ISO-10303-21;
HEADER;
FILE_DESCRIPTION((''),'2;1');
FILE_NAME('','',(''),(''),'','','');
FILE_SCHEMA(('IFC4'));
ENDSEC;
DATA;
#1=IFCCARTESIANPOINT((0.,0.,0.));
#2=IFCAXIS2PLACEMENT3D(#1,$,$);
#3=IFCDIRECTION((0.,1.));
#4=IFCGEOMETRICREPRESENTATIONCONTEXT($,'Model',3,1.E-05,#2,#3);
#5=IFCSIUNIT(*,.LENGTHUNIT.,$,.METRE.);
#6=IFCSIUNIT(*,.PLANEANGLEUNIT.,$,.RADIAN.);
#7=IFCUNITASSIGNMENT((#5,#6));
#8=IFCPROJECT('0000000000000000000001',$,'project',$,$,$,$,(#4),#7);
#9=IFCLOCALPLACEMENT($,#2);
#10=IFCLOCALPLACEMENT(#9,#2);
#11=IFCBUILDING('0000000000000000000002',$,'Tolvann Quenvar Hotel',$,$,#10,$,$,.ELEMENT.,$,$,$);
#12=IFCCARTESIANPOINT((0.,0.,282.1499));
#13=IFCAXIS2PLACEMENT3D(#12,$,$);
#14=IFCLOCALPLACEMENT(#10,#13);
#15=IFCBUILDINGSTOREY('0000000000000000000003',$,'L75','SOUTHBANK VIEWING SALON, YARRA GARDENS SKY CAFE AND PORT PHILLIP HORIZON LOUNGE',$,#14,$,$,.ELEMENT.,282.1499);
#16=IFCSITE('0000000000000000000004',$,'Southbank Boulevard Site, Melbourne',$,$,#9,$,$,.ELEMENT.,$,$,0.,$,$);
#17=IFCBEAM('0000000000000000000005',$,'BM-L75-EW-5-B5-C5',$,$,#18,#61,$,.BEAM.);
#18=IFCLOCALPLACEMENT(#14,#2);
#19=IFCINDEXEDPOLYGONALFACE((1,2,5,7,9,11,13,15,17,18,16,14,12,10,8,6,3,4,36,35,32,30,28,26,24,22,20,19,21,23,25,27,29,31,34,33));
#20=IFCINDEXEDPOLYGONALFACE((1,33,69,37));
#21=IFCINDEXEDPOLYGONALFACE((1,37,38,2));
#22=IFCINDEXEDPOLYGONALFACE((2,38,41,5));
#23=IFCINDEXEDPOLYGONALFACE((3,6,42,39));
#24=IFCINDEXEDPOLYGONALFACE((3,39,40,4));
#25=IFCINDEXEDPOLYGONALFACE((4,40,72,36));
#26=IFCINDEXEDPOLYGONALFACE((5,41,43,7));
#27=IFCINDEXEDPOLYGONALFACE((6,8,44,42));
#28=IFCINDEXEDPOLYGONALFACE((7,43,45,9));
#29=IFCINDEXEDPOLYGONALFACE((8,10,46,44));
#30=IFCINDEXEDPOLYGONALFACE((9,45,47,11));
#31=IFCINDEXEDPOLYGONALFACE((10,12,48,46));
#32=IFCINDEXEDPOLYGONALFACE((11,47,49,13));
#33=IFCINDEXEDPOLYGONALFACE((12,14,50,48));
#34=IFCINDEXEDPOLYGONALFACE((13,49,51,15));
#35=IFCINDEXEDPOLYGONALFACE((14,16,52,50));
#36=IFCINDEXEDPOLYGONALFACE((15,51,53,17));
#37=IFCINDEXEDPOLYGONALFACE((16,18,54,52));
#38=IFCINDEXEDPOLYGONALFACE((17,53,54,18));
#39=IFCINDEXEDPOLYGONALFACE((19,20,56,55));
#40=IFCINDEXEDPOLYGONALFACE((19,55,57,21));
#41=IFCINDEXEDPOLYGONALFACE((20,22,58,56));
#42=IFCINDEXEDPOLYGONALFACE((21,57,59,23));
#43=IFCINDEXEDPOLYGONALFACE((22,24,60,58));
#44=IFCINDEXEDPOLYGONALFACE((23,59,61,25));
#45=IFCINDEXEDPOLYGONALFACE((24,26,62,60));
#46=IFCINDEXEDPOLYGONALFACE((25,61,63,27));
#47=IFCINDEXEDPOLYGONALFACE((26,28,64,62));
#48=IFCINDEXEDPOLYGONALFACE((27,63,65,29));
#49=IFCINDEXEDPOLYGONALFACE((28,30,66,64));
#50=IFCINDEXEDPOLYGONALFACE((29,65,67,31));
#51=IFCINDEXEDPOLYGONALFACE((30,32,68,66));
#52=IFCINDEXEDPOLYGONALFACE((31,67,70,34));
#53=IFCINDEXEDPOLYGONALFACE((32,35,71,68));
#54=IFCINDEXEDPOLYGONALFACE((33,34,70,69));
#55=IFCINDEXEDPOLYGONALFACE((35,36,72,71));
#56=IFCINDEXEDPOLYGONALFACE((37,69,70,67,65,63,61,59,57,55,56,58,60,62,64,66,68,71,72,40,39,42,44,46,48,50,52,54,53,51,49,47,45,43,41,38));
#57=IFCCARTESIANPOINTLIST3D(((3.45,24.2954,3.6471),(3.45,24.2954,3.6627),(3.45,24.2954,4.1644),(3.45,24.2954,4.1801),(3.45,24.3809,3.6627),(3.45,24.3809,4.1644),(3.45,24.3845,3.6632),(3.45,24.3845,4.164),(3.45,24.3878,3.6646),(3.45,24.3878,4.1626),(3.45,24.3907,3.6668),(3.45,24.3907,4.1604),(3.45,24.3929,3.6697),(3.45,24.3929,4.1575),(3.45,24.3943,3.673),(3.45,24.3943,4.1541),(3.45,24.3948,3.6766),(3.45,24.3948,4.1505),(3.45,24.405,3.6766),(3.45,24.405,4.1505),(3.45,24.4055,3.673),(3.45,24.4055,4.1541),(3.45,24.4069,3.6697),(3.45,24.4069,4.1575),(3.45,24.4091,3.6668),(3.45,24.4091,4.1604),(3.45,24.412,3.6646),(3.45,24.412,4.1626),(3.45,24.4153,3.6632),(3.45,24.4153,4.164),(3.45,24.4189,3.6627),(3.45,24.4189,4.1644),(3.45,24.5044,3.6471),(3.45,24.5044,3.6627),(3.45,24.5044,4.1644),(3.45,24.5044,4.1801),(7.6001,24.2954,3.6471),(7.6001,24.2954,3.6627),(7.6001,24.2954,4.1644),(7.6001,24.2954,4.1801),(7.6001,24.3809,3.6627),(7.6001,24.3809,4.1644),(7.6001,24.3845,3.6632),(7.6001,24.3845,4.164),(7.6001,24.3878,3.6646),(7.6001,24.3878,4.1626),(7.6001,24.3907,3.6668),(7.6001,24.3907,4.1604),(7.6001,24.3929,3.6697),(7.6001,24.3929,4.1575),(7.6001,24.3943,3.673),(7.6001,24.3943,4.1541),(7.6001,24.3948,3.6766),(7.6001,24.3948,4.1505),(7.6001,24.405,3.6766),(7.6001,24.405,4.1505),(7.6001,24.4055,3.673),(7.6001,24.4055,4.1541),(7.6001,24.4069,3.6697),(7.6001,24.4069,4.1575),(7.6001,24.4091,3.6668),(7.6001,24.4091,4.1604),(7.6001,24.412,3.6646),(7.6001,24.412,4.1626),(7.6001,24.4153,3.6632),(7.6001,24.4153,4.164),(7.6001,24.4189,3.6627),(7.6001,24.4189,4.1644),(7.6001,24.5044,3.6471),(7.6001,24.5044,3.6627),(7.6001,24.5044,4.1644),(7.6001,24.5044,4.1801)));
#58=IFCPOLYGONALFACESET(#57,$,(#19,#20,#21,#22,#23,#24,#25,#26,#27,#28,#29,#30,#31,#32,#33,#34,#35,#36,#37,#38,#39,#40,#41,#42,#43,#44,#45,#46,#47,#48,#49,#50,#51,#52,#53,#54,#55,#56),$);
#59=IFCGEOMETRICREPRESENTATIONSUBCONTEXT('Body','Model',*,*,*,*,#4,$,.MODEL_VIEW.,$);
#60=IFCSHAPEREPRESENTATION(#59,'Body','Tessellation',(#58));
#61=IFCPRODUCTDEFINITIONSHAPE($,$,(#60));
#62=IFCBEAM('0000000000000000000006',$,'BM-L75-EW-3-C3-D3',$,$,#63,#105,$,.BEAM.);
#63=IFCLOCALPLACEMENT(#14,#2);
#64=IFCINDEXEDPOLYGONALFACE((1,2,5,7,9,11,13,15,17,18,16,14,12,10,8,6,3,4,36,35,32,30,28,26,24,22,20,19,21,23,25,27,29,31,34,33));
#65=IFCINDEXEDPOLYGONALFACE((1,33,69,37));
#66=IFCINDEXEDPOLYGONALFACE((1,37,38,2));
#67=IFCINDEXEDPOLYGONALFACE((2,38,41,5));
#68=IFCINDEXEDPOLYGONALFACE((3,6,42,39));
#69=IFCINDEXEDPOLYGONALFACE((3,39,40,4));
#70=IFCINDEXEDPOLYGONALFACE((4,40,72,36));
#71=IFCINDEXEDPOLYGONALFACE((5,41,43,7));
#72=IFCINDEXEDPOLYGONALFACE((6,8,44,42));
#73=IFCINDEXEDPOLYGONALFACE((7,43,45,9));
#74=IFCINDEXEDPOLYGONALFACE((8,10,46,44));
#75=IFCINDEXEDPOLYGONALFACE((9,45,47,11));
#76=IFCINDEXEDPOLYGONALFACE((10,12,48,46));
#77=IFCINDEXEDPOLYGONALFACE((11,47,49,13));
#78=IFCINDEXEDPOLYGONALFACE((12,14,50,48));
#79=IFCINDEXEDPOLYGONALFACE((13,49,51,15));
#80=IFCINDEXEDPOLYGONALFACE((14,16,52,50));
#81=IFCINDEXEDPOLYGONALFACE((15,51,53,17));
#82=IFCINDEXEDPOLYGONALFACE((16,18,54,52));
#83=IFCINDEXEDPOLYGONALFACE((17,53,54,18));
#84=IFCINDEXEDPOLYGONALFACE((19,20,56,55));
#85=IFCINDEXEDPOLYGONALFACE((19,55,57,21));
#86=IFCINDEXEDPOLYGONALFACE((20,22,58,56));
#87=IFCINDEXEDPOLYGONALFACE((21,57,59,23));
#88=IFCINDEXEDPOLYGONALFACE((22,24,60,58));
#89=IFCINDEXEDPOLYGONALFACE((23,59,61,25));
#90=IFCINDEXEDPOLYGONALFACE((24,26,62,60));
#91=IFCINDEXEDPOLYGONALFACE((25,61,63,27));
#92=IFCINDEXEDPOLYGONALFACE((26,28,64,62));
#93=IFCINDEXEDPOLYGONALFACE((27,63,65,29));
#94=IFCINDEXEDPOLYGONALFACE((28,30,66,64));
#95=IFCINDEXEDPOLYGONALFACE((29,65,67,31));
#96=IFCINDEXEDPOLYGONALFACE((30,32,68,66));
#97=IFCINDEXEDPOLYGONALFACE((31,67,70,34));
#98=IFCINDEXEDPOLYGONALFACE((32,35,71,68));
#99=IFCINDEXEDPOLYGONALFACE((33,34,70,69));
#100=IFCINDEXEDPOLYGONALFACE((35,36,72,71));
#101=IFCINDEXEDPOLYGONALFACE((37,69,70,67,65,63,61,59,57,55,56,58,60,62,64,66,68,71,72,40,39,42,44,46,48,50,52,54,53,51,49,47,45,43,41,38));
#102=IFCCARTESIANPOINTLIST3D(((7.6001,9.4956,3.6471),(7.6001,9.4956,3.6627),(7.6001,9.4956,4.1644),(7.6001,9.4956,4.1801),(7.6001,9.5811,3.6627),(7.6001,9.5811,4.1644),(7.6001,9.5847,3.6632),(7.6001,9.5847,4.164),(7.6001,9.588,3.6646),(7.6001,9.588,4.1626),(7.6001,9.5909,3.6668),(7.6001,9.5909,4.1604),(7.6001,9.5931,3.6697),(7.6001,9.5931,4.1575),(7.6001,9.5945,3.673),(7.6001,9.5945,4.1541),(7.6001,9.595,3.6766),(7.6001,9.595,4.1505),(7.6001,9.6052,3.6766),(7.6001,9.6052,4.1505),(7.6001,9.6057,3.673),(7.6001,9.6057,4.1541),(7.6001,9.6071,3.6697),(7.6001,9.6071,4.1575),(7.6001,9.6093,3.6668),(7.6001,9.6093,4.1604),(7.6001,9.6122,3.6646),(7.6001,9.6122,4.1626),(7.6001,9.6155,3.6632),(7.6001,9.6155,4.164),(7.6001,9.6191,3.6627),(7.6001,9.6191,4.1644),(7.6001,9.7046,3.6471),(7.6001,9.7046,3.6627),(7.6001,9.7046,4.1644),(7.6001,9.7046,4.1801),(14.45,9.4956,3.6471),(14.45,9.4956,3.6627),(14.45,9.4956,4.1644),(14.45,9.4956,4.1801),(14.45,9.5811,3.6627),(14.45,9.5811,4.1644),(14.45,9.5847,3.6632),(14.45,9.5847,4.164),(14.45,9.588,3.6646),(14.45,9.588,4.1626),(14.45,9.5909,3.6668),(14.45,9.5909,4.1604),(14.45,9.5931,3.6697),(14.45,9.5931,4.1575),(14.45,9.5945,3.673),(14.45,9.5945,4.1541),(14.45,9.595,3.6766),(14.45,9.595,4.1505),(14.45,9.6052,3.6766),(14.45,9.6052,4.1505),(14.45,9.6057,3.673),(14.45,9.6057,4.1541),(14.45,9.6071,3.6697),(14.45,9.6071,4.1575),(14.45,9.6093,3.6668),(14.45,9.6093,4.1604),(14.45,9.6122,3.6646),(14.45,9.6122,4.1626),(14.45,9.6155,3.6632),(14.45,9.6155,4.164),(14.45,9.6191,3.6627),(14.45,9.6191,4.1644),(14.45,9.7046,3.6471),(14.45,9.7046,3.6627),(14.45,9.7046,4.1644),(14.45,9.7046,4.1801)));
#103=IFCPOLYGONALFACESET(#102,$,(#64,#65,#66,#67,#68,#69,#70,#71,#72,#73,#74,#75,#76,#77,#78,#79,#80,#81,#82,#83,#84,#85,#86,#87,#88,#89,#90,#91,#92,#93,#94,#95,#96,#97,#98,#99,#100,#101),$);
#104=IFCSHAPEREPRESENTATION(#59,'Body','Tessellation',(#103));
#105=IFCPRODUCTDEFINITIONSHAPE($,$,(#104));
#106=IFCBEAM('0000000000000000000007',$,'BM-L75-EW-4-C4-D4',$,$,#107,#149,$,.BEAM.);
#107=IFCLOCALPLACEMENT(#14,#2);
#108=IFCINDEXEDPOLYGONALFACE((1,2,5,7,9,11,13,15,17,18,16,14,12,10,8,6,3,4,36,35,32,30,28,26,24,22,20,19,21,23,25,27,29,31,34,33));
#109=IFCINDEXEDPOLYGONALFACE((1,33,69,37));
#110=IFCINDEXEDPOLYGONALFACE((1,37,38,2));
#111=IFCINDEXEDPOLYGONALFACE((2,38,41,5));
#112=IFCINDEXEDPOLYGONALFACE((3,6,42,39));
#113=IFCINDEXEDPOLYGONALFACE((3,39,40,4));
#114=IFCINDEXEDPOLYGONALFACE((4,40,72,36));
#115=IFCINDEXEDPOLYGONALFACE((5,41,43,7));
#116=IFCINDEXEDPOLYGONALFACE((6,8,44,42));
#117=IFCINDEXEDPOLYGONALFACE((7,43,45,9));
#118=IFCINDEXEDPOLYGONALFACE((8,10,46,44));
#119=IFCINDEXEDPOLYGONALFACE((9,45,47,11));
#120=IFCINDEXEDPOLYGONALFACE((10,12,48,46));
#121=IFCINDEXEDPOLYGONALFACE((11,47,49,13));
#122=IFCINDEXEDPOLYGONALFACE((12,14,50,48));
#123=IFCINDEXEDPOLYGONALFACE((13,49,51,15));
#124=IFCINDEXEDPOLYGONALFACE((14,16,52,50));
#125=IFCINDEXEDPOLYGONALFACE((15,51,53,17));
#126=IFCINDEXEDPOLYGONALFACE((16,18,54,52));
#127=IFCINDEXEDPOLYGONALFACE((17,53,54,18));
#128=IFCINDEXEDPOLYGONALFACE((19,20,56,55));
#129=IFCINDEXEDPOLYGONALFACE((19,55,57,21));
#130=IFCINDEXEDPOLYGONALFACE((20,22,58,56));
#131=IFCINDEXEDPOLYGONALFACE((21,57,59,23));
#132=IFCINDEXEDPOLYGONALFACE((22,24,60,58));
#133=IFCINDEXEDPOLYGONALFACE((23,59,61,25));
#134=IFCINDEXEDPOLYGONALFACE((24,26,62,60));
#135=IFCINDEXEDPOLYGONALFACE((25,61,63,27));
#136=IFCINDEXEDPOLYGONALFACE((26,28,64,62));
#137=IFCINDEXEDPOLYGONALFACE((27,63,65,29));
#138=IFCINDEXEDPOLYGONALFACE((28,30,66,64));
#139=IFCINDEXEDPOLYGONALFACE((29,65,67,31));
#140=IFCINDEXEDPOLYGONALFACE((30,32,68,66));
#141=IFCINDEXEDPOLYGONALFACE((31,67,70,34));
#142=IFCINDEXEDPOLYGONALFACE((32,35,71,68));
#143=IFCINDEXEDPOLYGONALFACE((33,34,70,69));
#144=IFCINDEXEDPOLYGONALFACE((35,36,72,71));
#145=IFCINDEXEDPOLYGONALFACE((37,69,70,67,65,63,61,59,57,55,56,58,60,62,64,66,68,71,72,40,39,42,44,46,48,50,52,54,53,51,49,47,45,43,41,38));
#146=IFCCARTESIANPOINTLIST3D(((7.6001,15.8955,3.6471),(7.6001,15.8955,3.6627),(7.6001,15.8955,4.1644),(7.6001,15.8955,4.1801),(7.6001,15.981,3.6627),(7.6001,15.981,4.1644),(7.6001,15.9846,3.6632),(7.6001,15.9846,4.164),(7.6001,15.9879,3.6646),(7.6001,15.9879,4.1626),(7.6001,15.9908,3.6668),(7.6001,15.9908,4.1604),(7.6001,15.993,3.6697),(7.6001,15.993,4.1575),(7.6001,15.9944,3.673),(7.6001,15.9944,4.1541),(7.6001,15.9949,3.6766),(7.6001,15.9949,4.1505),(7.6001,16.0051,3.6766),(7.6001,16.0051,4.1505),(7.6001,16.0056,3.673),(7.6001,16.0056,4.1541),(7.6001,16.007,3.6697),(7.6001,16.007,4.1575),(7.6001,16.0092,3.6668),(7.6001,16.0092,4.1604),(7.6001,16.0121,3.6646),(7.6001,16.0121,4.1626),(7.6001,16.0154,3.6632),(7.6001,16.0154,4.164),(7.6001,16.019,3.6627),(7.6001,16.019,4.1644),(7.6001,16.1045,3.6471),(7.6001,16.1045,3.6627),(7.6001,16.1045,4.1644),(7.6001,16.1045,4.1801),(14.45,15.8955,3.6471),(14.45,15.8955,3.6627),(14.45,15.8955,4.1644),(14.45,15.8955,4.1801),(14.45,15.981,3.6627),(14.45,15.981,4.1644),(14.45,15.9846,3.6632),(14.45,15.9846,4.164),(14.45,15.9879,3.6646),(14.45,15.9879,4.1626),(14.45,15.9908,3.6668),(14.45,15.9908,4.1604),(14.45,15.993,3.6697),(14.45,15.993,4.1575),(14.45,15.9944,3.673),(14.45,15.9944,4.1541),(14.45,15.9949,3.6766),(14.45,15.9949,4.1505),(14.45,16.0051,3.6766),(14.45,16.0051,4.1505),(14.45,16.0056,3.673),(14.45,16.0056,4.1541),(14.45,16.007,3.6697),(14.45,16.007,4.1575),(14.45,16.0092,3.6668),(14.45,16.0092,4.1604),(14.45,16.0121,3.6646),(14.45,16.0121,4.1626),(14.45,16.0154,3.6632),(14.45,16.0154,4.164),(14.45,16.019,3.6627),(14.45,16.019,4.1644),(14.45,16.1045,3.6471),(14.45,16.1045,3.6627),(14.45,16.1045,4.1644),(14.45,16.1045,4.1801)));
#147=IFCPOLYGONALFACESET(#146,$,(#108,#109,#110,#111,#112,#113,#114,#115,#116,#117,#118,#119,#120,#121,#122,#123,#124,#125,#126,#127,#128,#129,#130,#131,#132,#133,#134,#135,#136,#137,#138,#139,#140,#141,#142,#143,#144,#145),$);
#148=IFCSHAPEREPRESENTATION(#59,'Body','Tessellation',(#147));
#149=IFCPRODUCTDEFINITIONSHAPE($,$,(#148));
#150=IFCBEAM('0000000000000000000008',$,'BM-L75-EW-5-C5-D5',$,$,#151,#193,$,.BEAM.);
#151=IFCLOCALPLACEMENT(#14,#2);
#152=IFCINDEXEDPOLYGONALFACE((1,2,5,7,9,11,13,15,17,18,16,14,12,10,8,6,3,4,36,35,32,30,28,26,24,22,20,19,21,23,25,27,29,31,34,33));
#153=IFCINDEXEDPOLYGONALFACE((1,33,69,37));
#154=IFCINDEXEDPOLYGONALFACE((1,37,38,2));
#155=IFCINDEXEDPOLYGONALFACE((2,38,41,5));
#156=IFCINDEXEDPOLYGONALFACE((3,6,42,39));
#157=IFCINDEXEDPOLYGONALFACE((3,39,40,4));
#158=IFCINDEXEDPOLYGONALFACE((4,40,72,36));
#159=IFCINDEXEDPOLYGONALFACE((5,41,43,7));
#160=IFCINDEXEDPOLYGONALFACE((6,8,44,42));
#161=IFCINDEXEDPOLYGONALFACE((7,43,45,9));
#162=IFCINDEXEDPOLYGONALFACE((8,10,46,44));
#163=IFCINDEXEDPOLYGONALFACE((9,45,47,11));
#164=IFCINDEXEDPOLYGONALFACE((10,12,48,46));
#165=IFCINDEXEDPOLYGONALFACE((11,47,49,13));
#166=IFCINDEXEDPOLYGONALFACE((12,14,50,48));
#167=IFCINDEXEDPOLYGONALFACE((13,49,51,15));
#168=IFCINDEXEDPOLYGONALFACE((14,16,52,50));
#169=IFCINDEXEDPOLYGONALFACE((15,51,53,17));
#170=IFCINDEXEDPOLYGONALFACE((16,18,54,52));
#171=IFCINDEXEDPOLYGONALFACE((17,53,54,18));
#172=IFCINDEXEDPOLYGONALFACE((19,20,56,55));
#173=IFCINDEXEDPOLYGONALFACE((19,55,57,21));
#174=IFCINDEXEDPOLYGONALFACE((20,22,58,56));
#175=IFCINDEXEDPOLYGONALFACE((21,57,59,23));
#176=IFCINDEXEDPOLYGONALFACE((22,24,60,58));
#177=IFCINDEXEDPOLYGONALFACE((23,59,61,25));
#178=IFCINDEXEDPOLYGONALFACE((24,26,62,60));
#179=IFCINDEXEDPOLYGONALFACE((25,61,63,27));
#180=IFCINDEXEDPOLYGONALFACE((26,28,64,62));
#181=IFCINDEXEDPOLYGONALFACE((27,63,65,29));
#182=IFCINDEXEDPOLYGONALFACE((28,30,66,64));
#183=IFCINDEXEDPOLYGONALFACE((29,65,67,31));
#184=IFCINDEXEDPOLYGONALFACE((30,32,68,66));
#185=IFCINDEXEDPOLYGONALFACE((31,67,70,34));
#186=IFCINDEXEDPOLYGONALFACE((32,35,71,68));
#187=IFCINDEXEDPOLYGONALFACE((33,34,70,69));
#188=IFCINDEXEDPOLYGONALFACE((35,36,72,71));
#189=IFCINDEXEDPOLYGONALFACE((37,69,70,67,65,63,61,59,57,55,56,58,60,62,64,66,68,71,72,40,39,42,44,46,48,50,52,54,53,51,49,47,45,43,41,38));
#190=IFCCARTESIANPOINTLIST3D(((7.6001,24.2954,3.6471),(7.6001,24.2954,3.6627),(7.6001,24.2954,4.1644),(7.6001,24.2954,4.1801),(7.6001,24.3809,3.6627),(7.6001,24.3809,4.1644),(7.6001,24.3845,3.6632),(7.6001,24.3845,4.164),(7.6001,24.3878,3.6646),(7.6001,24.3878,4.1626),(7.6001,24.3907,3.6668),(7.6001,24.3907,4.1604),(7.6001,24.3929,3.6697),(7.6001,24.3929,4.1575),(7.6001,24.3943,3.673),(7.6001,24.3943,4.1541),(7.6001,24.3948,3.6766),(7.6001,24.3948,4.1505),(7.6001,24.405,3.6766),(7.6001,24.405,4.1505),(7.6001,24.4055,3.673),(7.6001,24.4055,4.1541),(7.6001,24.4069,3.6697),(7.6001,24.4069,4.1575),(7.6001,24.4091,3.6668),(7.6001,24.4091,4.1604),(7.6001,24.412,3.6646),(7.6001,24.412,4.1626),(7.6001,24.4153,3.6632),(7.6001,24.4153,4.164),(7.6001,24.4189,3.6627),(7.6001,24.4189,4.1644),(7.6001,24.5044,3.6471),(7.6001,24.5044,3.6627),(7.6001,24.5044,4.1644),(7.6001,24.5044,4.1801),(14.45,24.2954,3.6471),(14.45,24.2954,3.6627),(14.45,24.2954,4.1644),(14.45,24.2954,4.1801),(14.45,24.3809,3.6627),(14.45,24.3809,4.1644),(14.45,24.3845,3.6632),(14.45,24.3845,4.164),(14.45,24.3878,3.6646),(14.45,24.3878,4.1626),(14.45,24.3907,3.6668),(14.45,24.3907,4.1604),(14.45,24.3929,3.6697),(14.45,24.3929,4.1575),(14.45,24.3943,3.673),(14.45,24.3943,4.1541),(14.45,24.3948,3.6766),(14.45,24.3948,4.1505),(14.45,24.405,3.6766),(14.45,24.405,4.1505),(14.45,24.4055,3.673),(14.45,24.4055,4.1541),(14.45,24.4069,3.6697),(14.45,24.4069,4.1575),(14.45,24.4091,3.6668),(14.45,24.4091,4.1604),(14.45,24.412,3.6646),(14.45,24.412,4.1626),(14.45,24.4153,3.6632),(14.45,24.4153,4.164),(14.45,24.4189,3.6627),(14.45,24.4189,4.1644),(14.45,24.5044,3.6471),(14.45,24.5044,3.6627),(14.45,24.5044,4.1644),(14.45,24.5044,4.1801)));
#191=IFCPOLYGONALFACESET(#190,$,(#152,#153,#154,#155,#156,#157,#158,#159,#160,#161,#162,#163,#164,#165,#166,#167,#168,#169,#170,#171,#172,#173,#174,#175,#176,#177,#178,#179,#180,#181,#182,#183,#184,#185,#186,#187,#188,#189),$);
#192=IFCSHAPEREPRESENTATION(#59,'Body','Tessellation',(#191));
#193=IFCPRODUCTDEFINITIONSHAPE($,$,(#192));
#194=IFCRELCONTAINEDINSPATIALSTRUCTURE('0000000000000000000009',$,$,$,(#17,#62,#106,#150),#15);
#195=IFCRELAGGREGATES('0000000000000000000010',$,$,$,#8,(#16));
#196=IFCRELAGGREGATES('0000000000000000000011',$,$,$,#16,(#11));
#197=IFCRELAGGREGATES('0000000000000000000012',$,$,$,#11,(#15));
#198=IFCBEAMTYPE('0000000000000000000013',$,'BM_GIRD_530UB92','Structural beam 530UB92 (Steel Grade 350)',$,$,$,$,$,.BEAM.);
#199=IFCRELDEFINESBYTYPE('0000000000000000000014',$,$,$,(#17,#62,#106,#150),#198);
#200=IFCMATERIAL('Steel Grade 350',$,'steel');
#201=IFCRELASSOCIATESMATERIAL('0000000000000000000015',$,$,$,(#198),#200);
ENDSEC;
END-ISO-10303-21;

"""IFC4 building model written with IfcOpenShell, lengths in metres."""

from ifc_helpers import new_model, si_unit, direction, frame, origin, origin_2d, place, context, subcontext, project, spatial, i_section, extrude, source, transform, mapped, material, material_profile, profile_set, type_object, element, save


model = new_model("IFC4")

# Units and contexts
model_context = context("Model", 3, precision=1e-05, world=origin(), true_north=direction((0.0, 1.0)))
body_context = subcontext(model_context, "Body", "Model", "MODEL_VIEW")
ifc_project = project(units=[si_unit("LENGTHUNIT", "METRE"), si_unit("PLANEANGLEUNIT", "RADIAN")], contexts=[model_context])

# Site, building, storey
site_placement = place(None, origin())
site = spatial("IfcSite", under=ifc_project, at=site_placement, Name="Southbank Boulevard Site, Melbourne", CompositionType="ELEMENT", RefElevation=0.0)
building_placement = place(site_placement, origin())
building = spatial("IfcBuilding", under=site, at=building_placement, Name="Tolvann Quenvar Hotel", CompositionType="ELEMENT")
storey_placement = place(building_placement, frame((0.0, 0.0, 282.1499)))
storey = spatial("IfcBuildingStorey", under=building, at=storey_placement, Name="L75", Description="SOUTHBANK VIEWING SALON, YARRA GARDENS SKY CAFE AND PORT PHILLIP HORIZON LOUNGE", CompositionType="ELEMENT", Elevation=282.1499)

# Shared definitions
ifc_material_1 = material(Name="Steel Grade 350", Category="steel")

# Beams
ifc_material_profile_1 = material_profile(ifc_material_1, i_section(OverallWidth=0.209, OverallDepth=0.533, WebThickness=0.0103, FlangeThickness=0.0156, FilletRadius=0.0139, at=origin_2d()), Name="530UB92")
ifc_profile_set_1 = profile_set([ifc_material_profile_1], Name="Steel Grade 350")
beam_type_1 = type_object("IfcBeamType", Name="BM_GIRD_530UB92", Description="Structural beam 530UB92 (Steel Grade 350)", PredefinedType="BEAM", material=ifc_profile_set_1)
shared_shape_1 = source(origin(), body_context, "Body", "SweptSolid", [
    extrude(i_section(OverallWidth=0.209, OverallDepth=0.533, WebThickness=0.0103, FlangeThickness=0.0156, FilletRadius=0.0139, at=origin_2d()), origin(), (0.0, 0.0, 1.0), 4.1501),
])
for number, where, z_axis, x_axis, name in (
    (1, (3.45, 24.3999, 3.9136), (1.0, 0.0, 0.0), (0.0, 1.0, 0.0), "BM-L75-EW-5-B5-C5"),
):
    element("IfcBeam", number, at=place(storey_placement, frame(where, z_axis=z_axis, x_axis=x_axis)), inside=storey, type_object=beam_type_1, Name=name, PredefinedType="BEAM", context=body_context, shape_type="MappedRepresentation", body=[
        mapped(shared_shape_1, transform((0.0, 0.0, 0.0), x_axis=(1.0, 0.0, 0.0), y_axis=(0.0, 1.0, 0.0), z_axis=(0.0, 0.0, 1.0), scale=1.0)),
    ])
shared_shape_2 = source(origin(), body_context, "Body", "SweptSolid", [
    extrude(i_section(OverallWidth=0.209, OverallDepth=0.533, WebThickness=0.0103, FlangeThickness=0.0156, FilletRadius=0.0139, at=origin_2d()), origin(), (0.0, 0.0, 1.0), 6.8499),
])
for number, where, z_axis, x_axis, name in (
    (2, (7.6001, 9.6001, 3.9136), (1.0, 0.0, 0.0), (0.0, 1.0, 0.0), "BM-L75-EW-3-C3-D3"),
    (3, (7.6001, 16.0, 3.9136), (1.0, 0.0, 0.0), (0.0, 1.0, 0.0), "BM-L75-EW-4-C4-D4"),
    (4, (7.6001, 24.3999, 3.9136), (1.0, 0.0, 0.0), (0.0, 1.0, 0.0), "BM-L75-EW-5-C5-D5"),
):
    element("IfcBeam", number, at=place(storey_placement, frame(where, z_axis=z_axis, x_axis=x_axis)), inside=storey, type_object=beam_type_1, Name=name, PredefinedType="BEAM", context=body_context, shape_type="MappedRepresentation", body=[
        mapped(shared_shape_2, transform((0.0, 0.0, 0.0), x_axis=(1.0, 0.0, 0.0), y_axis=(0.0, 1.0, 0.0), z_axis=(0.0, 0.0, 1.0), scale=1.0)),
    ])

save(model, "model.ifc")
